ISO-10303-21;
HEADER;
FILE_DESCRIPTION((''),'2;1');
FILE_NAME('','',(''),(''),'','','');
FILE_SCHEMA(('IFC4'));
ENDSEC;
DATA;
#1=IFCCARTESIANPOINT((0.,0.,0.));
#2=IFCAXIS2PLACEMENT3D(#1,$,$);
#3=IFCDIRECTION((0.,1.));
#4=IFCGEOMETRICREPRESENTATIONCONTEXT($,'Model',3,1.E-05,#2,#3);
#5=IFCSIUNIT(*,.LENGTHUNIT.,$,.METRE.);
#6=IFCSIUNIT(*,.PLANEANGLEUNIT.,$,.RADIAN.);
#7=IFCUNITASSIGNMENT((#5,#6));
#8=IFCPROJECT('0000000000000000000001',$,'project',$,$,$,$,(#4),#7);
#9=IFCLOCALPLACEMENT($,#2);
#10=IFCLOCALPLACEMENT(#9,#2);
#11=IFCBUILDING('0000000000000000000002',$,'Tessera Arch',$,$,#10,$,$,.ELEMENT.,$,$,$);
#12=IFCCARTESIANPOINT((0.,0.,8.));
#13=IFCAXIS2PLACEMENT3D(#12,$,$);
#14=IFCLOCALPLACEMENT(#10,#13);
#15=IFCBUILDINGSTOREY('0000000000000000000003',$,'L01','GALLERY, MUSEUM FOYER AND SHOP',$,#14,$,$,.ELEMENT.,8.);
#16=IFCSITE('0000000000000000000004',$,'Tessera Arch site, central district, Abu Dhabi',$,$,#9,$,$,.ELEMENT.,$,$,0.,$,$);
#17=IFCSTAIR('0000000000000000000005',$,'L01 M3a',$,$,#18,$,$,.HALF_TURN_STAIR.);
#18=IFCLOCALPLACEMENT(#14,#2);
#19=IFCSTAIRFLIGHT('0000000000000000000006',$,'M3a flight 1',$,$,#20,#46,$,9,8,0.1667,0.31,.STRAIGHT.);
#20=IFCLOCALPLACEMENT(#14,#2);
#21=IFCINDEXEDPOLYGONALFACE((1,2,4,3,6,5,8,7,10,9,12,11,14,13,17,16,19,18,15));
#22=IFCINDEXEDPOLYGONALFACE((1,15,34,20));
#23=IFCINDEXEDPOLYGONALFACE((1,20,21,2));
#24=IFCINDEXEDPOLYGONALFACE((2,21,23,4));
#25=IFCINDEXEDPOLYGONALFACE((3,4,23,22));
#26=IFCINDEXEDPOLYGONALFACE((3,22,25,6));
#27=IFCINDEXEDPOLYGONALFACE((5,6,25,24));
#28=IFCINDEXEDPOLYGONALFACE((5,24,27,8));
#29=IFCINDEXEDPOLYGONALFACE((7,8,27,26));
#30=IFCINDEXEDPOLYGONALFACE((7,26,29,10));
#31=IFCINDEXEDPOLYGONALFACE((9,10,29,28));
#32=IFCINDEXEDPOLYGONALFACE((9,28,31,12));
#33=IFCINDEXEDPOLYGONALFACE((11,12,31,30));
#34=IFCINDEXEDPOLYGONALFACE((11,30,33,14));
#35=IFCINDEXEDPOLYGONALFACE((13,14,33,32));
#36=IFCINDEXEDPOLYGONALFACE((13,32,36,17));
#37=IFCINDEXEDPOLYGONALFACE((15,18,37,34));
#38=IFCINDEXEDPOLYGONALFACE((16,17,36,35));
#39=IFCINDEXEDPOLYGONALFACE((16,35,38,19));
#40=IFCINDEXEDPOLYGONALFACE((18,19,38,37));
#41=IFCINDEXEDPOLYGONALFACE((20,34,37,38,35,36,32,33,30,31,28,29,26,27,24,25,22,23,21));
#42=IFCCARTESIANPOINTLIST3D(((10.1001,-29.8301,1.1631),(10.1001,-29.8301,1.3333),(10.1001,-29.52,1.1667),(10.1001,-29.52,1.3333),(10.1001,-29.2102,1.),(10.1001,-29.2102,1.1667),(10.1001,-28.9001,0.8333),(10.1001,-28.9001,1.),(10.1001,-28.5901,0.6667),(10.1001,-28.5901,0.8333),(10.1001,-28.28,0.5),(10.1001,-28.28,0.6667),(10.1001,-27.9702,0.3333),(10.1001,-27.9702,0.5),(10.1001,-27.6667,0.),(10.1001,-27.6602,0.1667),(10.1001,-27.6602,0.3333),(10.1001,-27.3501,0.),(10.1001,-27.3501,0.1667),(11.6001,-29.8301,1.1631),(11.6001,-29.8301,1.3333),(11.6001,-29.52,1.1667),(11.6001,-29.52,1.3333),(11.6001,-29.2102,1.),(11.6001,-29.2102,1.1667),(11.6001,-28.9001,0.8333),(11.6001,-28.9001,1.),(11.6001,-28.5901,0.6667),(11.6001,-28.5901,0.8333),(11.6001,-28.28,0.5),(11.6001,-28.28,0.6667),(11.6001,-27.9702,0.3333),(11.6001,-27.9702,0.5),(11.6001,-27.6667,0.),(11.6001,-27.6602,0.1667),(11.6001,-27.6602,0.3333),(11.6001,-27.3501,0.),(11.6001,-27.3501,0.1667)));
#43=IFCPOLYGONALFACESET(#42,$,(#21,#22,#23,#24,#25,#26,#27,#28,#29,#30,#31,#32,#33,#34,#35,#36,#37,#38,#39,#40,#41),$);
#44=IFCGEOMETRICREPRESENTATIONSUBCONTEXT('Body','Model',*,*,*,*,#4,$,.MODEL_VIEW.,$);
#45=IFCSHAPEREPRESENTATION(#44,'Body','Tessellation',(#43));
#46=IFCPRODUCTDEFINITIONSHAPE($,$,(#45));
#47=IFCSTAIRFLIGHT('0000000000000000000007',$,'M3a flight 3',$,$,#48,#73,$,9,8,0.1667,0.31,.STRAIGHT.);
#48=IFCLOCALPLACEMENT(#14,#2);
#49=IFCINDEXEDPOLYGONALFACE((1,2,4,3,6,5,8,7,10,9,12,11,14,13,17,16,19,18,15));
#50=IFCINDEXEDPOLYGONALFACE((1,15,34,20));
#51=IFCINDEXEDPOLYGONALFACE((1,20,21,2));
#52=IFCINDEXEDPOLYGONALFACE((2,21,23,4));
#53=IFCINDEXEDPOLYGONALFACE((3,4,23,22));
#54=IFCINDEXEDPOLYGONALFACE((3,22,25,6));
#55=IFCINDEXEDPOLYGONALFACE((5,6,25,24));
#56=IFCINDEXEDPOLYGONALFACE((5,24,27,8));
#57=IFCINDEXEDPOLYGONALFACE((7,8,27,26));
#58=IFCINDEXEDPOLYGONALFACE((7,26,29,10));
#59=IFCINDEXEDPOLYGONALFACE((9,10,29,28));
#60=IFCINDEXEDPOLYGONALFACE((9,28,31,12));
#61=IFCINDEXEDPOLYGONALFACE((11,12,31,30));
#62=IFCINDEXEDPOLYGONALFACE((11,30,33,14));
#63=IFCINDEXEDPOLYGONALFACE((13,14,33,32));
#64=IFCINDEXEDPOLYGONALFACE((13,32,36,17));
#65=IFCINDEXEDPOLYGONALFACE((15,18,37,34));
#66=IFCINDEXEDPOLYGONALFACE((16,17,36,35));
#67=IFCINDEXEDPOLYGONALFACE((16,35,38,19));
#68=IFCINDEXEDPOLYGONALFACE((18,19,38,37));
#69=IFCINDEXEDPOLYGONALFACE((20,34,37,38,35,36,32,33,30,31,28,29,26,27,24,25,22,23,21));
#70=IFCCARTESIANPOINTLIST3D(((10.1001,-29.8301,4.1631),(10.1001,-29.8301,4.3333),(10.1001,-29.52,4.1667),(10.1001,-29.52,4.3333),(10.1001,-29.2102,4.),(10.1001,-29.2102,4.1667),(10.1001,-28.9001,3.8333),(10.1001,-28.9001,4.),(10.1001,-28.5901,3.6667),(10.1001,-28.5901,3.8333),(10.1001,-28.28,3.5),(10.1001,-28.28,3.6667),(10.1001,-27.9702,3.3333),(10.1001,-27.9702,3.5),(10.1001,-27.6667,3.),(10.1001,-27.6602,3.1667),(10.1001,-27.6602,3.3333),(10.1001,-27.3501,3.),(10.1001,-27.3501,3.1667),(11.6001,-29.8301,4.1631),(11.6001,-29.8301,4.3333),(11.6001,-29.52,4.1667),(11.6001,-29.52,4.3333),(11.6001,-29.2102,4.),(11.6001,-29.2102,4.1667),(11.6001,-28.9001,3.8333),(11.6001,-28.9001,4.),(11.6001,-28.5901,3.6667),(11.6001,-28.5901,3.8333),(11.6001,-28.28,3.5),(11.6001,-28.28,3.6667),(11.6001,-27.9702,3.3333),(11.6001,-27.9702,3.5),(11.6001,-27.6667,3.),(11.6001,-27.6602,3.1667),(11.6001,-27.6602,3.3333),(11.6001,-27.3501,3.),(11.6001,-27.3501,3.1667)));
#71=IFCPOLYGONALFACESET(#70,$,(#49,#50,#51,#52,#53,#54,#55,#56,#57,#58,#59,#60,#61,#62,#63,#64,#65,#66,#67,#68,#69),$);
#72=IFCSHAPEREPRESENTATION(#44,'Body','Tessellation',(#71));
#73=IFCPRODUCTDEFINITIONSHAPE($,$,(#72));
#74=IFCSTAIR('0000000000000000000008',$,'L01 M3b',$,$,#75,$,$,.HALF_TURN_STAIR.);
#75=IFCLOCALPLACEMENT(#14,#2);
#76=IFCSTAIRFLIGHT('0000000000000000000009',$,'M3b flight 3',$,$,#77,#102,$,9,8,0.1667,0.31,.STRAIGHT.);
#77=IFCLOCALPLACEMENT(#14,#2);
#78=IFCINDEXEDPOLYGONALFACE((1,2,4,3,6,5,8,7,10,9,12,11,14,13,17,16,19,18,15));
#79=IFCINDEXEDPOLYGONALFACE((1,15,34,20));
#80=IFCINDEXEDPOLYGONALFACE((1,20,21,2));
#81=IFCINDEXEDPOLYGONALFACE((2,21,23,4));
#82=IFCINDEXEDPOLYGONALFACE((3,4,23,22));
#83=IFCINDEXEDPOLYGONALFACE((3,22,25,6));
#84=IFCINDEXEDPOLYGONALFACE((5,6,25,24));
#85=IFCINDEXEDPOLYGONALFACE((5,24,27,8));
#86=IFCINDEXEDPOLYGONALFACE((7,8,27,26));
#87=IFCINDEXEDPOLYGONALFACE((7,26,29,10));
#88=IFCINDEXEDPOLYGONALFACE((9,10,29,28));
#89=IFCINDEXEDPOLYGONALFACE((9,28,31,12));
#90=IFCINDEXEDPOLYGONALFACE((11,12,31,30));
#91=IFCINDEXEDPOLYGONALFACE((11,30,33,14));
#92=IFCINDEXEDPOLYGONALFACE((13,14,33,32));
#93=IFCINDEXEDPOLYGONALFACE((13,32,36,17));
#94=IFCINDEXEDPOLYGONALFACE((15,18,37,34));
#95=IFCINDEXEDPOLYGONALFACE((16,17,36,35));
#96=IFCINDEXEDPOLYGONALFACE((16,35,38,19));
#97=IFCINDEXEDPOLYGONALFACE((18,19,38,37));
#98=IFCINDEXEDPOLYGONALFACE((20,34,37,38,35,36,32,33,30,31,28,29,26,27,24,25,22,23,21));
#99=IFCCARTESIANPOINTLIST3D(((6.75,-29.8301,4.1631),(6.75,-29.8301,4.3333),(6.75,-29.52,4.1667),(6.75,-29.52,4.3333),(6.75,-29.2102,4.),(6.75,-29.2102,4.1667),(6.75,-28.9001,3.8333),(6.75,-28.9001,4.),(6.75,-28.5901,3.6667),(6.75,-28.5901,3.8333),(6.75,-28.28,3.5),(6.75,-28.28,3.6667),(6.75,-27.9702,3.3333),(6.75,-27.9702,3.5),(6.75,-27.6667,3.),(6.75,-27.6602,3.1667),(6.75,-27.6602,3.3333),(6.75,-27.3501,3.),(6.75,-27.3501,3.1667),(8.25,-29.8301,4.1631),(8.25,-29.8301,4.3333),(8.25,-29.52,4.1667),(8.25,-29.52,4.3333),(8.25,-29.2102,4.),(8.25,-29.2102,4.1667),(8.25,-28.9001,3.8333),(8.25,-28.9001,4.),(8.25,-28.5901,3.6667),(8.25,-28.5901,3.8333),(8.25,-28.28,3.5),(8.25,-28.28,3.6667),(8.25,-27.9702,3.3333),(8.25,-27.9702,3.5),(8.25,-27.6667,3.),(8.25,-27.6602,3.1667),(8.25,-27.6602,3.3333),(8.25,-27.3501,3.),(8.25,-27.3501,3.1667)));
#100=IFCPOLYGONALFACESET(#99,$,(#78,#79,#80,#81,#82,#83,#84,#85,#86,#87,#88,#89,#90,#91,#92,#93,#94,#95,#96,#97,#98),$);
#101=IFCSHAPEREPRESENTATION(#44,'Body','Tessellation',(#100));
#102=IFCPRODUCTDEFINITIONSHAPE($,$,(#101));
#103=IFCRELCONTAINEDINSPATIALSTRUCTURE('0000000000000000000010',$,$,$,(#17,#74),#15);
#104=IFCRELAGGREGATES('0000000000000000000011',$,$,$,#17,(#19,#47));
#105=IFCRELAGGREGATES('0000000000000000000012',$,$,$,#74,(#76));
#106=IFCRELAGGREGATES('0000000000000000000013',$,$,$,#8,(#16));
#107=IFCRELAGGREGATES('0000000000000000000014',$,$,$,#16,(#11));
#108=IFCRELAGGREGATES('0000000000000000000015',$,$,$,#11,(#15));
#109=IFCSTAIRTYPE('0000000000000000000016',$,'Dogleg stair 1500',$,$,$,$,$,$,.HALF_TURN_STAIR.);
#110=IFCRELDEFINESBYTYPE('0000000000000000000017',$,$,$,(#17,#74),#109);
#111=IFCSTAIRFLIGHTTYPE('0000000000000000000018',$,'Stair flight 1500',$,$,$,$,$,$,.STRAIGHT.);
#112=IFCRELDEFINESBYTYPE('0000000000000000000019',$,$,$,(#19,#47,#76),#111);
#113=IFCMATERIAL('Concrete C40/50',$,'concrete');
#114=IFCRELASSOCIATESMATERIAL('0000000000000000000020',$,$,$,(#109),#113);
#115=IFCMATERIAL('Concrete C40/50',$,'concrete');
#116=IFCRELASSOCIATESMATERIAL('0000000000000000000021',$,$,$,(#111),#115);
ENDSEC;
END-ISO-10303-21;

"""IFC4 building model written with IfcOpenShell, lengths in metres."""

from ifc_helpers import new_model, si_unit, direction, frame, origin, place, context, subcontext, project, spatial, polyline, outline, extrude, material, type_object, element, aggregate, save


model = new_model("IFC4")

# Units and contexts
model_context = context("Model", 3, precision=1e-05, world=origin(), true_north=direction((0.0, 1.0)))
body_context = subcontext(model_context, "Body", "Model", "MODEL_VIEW")
ifc_project = project(units=[si_unit("LENGTHUNIT", "METRE"), si_unit("PLANEANGLEUNIT", "RADIAN")], contexts=[model_context])

# Site, building, storey
site_placement = place(None, origin())
site = spatial("IfcSite", under=ifc_project, at=site_placement, Name="Tessera Arch site, central district, Abu Dhabi", CompositionType="ELEMENT", RefElevation=0.0)
building_placement = place(site_placement, origin())
building = spatial("IfcBuilding", under=site, at=building_placement, Name="Tessera Arch", CompositionType="ELEMENT")
storey_placement = place(building_placement, frame((0.0, 0.0, 8.0)))
storey = spatial("IfcBuildingStorey", under=building, at=storey_placement, Name="L01", Description="GALLERY, MUSEUM FOYER AND SHOP", CompositionType="ELEMENT", Elevation=8.0)

# Stair, stair flights
ifc_material_1 = material(Name="Concrete C40/50", Category="concrete")
stair_type = type_object("IfcStairType", Name="Dogleg stair 1500", PredefinedType="HALF_TURN_STAIR", material=ifc_material_1)
stair_1_placement = place(storey_placement, origin())
stair_1 = element("IfcStair", 1, at=stair_1_placement, inside=storey, type_object=stair_type, Name="L01 M3a", PredefinedType="HALF_TURN_STAIR")
ifc_material_2 = material(Name="Concrete C40/50", Category="concrete")
stair_flight_type = type_object("IfcStairFlightType", Name="Stair flight 1500", PredefinedType="STRAIGHT", material=ifc_material_2)
stair_flight_1_placement = place(storey_placement, frame((10.8501, -27.3501, 0.0), z_axis=(0.0, 0.0, 1.0), x_axis=(0.0, -1.0, 0.0)))
stair_flight_1 = element("IfcStairFlight", 2, at=stair_flight_1_placement, type_object=stair_flight_type, Name="M3a flight 1", NumberOfRisers=9, NumberOfTreads=8, PredefinedType="STRAIGHT", RiserHeight=0.1667, TreadLength=0.31, context=body_context, shape_type="SweptSolid", body=[
    extrude(outline(polyline([(0.0, 0.0), (0.0, 0.1667), (0.3101, 0.1667), (0.3101, 0.3333), (0.6201, 0.3333), (0.6201, 0.5), (0.9299, 0.5), (0.9299, 0.6667), (1.24, 0.6667), (1.24, 0.8333), (1.55, 0.8333), (1.55, 1.0), (1.8601, 1.0), (1.8601, 1.1667), (2.1699, 1.1667), (2.1699, 1.3333), (2.48, 1.3333), (2.48, 1.5), (2.48, 1.1631), (0.3167, 0.0), (0.0, 0.0)])), frame((0.0, 0.75, 0.0), z_axis=(0.0, -1.0, 0.0), x_axis=(1.0, 0.0, 0.0)), (0.0, 0.0, 1.0), 1.5),
])
stair_flight_2_placement = place(storey_placement, frame((10.8501, -27.3501, 3.0), z_axis=(0.0, 0.0, 1.0), x_axis=(0.0, -1.0, 0.0)))
stair_flight_2 = element("IfcStairFlight", 3, at=stair_flight_2_placement, type_object=stair_flight_type, Name="M3a flight 3", NumberOfRisers=9, NumberOfTreads=8, PredefinedType="STRAIGHT", RiserHeight=0.1667, TreadLength=0.31, context=body_context, shape_type="SweptSolid", body=[
    extrude(outline(polyline([(0.0, 0.0), (0.0, 0.1667), (0.3101, 0.1667), (0.3101, 0.3333), (0.6201, 0.3333), (0.6201, 0.5), (0.9299, 0.5), (0.9299, 0.6667), (1.24, 0.6667), (1.24, 0.8333), (1.55, 0.8333), (1.55, 1.0), (1.8601, 1.0), (1.8601, 1.1667), (2.1699, 1.1667), (2.1699, 1.3333), (2.48, 1.3333), (2.48, 1.5), (2.48, 1.1631), (0.3167, 0.0), (0.0, 0.0)])), frame((0.0, 0.75, 0.0), z_axis=(0.0, -1.0, 0.0), x_axis=(1.0, 0.0, 0.0)), (0.0, 0.0, 1.0), 1.5),
])
aggregate(stair_1, [stair_flight_1, stair_flight_2])

# Stair, stair flight
stair_2_placement = place(storey_placement, origin())
stair_2 = element("IfcStair", 4, at=stair_2_placement, inside=storey, type_object=stair_type, Name="L01 M3b", PredefinedType="HALF_TURN_STAIR")
stair_flight_3_placement = place(storey_placement, frame((7.5, -27.3501, 3.0), z_axis=(0.0, 0.0, 1.0), x_axis=(0.0, -1.0, 0.0)))
stair_flight_3 = element("IfcStairFlight", 5, at=stair_flight_3_placement, type_object=stair_flight_type, Name="M3b flight 3", NumberOfRisers=9, NumberOfTreads=8, PredefinedType="STRAIGHT", RiserHeight=0.1667, TreadLength=0.31, context=body_context, shape_type="SweptSolid", body=[
    extrude(outline(polyline([(0.0, 0.0), (0.0, 0.1667), (0.3101, 0.1667), (0.3101, 0.3333), (0.6201, 0.3333), (0.6201, 0.5), (0.9299, 0.5), (0.9299, 0.6667), (1.24, 0.6667), (1.24, 0.8333), (1.55, 0.8333), (1.55, 1.0), (1.8601, 1.0), (1.8601, 1.1667), (2.1699, 1.1667), (2.1699, 1.3333), (2.48, 1.3333), (2.48, 1.5), (2.48, 1.1631), (0.3167, 0.0), (0.0, 0.0)])), frame((0.0, 0.75, 0.0), z_axis=(0.0, -1.0, 0.0), x_axis=(1.0, 0.0, 0.0)), (0.0, 0.0, 1.0), 1.5),
])
aggregate(stair_2, [stair_flight_3])

save(model, "model.ifc")
